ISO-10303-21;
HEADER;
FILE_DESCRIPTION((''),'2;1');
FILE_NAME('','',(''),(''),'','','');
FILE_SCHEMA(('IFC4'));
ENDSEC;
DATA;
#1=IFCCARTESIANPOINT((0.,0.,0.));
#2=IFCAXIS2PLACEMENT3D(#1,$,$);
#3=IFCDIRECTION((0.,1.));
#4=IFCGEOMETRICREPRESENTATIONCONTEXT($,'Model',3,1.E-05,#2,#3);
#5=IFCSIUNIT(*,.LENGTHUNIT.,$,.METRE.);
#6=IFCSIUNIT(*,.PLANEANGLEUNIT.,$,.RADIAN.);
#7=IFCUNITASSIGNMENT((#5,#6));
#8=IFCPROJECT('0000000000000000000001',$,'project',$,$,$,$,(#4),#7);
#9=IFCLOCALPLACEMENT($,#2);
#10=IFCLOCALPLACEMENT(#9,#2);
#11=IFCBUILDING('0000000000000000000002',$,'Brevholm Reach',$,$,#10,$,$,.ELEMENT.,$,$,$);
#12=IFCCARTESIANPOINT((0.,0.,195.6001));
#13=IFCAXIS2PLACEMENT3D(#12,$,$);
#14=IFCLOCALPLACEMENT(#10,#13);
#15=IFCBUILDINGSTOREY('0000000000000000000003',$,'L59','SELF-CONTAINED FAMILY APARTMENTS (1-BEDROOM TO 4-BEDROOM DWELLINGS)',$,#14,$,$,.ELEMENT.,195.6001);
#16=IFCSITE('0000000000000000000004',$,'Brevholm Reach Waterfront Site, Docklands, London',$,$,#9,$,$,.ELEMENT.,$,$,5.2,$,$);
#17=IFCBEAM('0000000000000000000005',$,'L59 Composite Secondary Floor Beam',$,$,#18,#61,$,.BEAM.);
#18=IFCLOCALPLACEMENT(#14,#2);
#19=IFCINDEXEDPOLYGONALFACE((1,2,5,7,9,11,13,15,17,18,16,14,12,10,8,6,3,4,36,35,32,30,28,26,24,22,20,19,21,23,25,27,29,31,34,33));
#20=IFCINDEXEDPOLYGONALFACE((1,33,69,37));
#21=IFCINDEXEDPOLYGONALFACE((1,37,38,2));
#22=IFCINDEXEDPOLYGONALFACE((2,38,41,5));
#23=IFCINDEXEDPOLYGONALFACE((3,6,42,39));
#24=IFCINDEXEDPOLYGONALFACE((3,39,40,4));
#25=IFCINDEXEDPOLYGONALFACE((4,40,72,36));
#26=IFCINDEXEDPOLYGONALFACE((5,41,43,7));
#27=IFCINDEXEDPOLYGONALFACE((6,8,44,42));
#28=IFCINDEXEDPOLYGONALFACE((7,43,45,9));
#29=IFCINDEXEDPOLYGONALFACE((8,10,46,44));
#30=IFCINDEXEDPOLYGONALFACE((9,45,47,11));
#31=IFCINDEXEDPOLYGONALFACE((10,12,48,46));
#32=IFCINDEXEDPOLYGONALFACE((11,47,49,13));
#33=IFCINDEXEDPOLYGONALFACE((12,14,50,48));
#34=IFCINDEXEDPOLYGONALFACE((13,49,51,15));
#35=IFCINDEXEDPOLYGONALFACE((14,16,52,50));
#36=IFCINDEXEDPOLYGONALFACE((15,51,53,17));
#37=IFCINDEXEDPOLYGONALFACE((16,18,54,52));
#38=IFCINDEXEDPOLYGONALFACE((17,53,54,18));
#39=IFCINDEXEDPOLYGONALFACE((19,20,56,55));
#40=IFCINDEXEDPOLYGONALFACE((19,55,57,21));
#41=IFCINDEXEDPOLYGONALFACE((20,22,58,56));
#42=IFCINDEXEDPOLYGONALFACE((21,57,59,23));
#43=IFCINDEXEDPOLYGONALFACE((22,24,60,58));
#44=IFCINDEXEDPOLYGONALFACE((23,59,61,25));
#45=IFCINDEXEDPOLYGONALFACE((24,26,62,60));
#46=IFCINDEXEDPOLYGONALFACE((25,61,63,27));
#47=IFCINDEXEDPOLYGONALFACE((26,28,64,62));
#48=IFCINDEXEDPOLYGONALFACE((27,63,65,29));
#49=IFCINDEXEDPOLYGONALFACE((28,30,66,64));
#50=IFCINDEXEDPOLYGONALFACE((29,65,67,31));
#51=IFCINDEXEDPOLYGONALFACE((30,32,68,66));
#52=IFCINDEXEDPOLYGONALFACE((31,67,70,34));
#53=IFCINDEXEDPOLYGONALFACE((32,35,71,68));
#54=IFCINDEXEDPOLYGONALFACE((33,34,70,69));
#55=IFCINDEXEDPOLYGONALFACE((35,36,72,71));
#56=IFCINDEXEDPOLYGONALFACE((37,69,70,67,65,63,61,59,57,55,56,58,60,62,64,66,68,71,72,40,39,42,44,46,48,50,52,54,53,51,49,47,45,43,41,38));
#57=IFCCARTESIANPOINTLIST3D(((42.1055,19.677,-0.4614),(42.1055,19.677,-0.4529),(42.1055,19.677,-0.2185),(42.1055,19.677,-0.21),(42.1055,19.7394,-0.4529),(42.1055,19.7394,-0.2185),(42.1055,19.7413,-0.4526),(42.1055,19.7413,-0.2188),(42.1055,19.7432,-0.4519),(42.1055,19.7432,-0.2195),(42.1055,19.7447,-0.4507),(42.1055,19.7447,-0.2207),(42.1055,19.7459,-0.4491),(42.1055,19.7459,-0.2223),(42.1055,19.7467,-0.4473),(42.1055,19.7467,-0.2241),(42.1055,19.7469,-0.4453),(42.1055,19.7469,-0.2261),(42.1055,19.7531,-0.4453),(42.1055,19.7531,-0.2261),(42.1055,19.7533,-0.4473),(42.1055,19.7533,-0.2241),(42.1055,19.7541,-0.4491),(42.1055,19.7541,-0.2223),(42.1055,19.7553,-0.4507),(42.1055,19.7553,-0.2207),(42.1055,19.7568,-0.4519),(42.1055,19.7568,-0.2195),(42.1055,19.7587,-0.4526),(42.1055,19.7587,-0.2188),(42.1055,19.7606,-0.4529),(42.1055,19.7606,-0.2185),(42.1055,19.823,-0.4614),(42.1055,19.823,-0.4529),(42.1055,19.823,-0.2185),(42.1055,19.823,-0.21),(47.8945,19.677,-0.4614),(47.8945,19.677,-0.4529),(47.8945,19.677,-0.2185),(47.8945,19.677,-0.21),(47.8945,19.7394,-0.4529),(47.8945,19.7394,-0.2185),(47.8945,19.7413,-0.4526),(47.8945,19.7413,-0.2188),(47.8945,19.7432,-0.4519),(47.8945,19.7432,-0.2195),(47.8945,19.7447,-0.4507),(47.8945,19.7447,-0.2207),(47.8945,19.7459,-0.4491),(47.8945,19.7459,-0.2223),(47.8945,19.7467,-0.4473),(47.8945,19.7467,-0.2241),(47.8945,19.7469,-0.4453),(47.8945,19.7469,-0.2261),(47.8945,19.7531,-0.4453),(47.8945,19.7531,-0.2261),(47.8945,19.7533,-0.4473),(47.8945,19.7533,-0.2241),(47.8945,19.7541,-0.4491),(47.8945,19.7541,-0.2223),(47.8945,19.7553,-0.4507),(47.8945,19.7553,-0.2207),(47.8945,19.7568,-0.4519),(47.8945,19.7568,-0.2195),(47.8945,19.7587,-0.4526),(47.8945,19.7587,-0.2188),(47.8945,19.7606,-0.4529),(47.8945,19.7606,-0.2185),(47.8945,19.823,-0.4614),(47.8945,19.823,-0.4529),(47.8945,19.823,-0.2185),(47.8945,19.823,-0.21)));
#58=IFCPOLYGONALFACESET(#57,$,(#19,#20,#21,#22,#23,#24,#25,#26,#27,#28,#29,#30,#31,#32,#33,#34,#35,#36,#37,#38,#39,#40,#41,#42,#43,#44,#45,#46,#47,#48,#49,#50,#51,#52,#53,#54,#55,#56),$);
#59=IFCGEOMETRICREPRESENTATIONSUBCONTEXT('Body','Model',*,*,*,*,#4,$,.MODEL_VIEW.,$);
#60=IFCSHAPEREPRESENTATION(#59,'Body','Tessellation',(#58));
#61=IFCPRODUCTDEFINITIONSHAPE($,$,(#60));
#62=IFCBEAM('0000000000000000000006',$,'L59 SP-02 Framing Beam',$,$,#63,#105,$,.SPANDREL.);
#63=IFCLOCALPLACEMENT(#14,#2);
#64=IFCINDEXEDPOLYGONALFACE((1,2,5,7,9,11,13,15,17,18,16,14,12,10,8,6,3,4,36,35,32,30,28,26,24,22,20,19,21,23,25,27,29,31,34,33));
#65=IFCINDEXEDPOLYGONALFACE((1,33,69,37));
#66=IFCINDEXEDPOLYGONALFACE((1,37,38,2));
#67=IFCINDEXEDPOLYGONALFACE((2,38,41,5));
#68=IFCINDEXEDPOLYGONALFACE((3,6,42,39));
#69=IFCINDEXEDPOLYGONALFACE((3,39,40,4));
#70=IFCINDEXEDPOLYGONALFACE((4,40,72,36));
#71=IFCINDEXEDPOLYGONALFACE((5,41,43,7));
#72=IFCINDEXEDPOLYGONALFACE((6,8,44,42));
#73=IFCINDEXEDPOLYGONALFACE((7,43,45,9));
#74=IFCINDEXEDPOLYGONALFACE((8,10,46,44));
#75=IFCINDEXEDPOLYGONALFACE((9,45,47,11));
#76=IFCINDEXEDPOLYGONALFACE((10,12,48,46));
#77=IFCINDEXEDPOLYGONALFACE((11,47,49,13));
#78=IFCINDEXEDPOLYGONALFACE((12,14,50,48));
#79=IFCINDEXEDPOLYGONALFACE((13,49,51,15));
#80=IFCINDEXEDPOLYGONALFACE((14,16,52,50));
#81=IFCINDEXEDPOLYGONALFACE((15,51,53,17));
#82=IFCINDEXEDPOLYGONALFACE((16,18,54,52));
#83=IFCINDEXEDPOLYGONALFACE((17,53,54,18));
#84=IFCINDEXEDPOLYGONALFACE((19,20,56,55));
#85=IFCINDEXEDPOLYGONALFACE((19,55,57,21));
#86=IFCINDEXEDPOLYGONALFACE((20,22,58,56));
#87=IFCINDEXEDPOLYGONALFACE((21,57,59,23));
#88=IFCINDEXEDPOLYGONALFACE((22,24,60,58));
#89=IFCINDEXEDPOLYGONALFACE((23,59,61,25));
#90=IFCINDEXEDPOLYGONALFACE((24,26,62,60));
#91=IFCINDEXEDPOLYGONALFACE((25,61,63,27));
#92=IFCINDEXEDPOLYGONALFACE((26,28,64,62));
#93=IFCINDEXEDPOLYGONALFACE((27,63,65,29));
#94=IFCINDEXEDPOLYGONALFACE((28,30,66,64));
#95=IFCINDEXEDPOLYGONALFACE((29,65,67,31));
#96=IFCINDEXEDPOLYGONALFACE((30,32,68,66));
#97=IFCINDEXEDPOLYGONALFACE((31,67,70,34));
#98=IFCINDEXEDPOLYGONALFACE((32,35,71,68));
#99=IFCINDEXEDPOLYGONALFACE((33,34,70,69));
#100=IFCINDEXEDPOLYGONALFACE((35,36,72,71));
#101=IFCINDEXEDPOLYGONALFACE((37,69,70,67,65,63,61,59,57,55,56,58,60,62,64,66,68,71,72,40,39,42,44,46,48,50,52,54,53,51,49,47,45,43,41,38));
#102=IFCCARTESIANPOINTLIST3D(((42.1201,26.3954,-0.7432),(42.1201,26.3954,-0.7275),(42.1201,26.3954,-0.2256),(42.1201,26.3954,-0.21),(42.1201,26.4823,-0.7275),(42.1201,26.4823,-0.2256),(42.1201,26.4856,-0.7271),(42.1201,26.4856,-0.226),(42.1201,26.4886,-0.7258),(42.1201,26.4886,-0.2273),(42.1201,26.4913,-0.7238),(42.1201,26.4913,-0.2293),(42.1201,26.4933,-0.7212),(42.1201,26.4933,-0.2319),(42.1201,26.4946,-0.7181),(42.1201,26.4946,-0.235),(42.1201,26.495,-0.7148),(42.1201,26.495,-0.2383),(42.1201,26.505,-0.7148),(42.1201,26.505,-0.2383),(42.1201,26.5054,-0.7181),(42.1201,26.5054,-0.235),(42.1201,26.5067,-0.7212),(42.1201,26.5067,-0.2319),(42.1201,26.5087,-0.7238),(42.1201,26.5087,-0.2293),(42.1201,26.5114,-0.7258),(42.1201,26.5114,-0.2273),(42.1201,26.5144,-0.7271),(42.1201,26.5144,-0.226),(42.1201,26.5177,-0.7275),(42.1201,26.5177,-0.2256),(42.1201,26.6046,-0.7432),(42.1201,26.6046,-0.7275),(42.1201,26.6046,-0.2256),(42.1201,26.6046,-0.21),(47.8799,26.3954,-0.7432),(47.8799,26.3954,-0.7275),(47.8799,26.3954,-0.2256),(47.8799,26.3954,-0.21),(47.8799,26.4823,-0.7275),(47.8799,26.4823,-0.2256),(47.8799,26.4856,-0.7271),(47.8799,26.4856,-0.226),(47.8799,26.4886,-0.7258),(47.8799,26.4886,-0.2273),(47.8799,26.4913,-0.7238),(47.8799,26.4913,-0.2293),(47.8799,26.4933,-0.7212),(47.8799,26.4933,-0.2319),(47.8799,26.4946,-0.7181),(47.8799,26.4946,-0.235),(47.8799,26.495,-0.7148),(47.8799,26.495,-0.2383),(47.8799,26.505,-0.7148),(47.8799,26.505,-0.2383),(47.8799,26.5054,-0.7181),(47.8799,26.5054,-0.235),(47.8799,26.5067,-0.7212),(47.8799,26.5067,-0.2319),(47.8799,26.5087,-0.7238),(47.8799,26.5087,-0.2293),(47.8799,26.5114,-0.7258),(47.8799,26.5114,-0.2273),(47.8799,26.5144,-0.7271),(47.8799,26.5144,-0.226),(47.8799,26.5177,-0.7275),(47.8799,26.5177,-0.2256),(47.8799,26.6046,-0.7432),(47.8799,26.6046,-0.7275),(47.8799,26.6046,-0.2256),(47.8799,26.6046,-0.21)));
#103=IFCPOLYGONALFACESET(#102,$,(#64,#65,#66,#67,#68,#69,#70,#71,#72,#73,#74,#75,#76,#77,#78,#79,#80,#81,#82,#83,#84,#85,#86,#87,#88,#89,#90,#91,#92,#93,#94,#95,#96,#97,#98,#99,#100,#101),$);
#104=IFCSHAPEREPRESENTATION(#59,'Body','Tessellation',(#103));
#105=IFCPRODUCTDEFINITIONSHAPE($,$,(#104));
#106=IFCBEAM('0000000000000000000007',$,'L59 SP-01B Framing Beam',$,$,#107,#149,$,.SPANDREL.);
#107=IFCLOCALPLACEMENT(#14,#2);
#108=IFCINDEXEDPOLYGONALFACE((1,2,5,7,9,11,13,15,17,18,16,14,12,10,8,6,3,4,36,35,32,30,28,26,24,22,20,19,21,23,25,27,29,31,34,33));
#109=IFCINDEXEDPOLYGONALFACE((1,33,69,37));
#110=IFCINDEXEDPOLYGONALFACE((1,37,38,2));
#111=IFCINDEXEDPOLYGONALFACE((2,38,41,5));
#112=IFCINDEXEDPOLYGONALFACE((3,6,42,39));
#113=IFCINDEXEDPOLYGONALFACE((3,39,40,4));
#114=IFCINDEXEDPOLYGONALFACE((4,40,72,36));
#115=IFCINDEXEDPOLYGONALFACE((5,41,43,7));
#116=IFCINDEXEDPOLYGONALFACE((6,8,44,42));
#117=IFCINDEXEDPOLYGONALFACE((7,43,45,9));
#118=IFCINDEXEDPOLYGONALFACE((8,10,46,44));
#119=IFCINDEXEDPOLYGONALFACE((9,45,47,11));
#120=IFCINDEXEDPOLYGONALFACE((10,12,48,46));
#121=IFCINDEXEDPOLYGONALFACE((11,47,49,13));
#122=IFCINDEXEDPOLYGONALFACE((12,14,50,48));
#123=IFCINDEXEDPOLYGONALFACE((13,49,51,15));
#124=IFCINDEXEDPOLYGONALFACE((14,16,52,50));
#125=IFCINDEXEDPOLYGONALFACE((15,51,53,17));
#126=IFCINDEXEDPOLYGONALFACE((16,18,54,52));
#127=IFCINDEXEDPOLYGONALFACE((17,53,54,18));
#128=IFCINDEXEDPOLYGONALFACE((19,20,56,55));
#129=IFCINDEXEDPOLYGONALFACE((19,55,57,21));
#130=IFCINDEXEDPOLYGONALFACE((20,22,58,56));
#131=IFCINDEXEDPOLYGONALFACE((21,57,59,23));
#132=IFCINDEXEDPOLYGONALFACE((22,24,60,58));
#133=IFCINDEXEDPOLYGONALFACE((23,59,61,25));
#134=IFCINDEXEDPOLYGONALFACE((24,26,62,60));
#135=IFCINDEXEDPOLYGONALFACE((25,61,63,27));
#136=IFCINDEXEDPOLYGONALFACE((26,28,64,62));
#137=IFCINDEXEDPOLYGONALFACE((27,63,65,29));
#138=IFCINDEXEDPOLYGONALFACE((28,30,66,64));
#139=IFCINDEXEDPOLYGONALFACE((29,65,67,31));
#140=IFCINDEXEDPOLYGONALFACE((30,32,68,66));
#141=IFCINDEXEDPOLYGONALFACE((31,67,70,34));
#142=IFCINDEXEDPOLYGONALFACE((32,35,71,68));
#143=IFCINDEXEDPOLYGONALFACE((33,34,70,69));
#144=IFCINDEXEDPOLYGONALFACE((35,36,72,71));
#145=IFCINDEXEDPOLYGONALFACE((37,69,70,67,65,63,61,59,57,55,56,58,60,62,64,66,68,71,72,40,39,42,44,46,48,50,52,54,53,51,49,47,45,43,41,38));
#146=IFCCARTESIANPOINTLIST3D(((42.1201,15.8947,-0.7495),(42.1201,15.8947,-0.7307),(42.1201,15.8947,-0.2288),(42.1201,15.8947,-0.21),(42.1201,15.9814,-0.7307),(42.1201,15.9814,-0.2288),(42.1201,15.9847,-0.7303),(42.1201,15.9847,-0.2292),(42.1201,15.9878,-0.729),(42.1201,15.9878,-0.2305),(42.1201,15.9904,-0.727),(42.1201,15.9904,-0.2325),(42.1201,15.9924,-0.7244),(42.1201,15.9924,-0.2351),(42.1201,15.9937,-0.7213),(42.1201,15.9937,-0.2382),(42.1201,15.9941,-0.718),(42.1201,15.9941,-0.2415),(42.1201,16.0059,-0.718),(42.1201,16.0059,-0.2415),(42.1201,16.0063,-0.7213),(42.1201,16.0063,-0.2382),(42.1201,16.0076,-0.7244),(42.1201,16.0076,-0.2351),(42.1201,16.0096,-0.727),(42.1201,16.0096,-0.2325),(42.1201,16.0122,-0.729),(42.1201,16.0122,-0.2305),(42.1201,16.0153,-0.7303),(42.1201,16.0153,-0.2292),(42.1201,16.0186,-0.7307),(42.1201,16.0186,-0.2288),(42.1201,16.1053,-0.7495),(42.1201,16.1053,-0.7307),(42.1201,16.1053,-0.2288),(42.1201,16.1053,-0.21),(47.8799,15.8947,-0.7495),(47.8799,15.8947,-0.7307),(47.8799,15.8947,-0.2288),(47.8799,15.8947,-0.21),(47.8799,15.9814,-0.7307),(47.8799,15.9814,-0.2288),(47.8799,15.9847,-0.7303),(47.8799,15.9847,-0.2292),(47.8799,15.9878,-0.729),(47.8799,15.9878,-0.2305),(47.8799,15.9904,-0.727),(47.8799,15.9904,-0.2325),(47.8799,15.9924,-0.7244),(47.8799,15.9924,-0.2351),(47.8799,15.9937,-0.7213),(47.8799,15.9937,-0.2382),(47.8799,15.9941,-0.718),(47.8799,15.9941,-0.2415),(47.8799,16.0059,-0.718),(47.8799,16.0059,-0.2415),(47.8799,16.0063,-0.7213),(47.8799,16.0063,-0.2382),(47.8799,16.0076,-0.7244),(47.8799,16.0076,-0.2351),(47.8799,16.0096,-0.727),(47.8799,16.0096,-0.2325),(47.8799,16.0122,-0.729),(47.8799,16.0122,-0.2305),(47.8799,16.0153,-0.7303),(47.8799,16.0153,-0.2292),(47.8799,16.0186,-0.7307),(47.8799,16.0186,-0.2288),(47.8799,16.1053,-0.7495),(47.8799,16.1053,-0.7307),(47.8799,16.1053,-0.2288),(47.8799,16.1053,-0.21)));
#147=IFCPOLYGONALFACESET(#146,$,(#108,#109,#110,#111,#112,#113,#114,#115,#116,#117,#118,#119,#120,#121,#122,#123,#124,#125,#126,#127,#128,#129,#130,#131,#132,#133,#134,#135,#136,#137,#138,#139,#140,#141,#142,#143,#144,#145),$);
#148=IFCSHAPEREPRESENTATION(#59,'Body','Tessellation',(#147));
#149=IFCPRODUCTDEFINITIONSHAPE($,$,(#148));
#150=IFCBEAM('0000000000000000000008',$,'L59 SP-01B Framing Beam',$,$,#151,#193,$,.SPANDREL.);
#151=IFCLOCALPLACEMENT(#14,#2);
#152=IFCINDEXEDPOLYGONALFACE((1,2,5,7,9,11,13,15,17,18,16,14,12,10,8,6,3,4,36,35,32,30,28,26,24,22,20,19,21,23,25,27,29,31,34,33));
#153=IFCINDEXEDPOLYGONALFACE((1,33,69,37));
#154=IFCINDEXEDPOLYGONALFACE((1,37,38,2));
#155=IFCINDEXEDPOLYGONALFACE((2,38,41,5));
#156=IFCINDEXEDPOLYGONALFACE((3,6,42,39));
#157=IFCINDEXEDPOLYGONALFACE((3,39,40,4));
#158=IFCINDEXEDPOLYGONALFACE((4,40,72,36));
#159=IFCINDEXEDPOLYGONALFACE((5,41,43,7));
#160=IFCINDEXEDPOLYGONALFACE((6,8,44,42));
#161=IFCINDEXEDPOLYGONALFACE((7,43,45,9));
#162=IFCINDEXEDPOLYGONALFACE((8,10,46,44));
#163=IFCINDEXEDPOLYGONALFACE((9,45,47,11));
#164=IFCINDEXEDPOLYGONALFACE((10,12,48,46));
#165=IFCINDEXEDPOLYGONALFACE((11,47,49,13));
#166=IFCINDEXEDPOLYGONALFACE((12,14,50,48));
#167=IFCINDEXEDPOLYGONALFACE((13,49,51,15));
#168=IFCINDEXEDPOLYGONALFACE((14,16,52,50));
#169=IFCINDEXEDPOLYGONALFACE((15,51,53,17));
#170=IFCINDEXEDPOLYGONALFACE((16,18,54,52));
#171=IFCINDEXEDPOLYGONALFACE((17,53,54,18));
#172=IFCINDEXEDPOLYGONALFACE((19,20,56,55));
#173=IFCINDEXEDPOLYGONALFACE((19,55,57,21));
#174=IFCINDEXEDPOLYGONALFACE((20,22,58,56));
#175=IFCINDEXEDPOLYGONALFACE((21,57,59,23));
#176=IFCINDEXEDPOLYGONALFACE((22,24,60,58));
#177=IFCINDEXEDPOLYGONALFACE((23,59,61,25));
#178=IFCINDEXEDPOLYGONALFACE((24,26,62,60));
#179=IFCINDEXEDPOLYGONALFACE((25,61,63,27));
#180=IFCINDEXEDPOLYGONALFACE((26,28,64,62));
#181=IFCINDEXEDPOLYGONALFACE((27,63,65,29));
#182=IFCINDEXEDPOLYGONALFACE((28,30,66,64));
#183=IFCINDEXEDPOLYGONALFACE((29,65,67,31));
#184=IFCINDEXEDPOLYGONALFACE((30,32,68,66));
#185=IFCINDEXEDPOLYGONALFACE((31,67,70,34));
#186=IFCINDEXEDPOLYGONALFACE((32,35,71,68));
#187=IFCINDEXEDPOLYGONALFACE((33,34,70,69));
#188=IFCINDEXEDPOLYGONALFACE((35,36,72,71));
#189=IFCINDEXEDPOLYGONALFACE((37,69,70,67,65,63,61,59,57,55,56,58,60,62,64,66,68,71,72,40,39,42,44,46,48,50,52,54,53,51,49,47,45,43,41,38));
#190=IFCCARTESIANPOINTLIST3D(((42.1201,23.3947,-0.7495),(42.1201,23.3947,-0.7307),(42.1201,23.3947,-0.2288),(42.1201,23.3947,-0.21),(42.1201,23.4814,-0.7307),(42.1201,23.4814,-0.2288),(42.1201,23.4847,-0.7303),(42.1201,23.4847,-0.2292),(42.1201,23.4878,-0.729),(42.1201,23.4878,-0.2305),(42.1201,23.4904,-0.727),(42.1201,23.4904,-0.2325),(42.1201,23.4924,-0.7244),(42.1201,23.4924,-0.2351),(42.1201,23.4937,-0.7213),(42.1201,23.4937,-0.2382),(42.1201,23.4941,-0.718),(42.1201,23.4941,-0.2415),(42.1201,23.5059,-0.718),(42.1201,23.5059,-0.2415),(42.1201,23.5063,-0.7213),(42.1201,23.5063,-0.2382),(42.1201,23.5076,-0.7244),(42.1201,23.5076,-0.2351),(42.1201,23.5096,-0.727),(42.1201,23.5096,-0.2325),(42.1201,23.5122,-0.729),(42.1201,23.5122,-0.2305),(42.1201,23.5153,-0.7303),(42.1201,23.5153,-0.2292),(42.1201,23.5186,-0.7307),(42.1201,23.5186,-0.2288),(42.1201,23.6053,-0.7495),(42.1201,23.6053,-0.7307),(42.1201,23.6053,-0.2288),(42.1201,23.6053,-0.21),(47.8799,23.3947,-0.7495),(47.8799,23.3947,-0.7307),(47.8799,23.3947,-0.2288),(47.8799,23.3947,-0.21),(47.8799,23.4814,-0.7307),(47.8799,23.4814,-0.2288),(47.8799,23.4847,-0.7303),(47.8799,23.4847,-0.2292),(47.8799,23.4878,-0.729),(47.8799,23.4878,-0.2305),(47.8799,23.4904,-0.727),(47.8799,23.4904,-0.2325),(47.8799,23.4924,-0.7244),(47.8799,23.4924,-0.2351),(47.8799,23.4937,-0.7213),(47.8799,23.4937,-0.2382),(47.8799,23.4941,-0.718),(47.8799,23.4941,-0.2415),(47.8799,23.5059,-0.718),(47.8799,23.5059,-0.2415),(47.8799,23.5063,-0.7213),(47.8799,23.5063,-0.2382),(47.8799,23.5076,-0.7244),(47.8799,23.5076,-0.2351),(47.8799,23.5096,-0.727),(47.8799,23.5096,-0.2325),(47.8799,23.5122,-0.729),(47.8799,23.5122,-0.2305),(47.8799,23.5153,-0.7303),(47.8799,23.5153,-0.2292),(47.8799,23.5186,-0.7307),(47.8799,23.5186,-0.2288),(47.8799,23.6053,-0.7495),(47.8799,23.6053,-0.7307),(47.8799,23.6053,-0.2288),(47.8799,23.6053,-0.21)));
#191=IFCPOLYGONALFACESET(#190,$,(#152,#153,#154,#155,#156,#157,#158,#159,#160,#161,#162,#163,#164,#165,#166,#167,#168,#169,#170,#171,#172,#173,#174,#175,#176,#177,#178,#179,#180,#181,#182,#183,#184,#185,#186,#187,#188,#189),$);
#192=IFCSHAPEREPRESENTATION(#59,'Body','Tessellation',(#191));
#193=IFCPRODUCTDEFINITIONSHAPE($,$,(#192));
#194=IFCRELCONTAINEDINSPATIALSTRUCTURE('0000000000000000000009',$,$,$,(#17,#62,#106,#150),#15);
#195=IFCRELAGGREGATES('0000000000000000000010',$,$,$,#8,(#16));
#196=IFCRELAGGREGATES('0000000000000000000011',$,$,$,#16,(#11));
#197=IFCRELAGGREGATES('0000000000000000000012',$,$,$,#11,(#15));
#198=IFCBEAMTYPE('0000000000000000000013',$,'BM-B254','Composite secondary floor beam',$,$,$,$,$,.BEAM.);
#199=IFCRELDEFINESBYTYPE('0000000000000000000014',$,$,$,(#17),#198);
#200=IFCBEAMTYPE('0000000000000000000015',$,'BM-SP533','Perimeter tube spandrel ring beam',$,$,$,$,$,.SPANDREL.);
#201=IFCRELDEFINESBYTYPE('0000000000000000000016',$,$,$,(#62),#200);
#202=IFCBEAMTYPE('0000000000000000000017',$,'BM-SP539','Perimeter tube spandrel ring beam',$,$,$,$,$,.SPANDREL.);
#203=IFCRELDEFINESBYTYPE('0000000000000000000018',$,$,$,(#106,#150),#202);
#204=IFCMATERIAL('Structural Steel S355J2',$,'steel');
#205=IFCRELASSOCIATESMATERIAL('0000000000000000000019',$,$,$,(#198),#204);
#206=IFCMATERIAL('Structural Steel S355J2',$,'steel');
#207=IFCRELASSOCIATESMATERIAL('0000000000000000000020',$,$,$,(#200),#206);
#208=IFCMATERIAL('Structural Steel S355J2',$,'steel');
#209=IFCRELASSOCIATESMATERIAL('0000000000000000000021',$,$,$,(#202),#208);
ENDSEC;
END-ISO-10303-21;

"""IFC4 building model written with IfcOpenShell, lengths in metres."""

from ifc_helpers import new_model, si_unit, direction, frame, origin, origin_2d, place, context, subcontext, project, spatial, i_section, extrude, material, material_profile, profile_set, type_object, element, save


model = new_model("IFC4")

# Units and contexts
model_context = context("Model", 3, precision=1e-05, world=origin(), true_north=direction((0.0, 1.0)))
body_context = subcontext(model_context, "Body", "Model", "MODEL_VIEW")
ifc_project = project(units=[si_unit("LENGTHUNIT", "METRE"), si_unit("PLANEANGLEUNIT", "RADIAN")], contexts=[model_context])

# Site, building, storey
site_placement = place(None, origin())
site = spatial("IfcSite", under=ifc_project, at=site_placement, Name="Brevholm Reach Waterfront Site, Docklands, London", CompositionType="ELEMENT", RefElevation=5.2)
building_placement = place(site_placement, origin())
building = spatial("IfcBuilding", under=site, at=building_placement, Name="Brevholm Reach", CompositionType="ELEMENT")
storey_placement = place(building_placement, frame((0.0, 0.0, 195.6001)))
storey = spatial("IfcBuildingStorey", under=building, at=storey_placement, Name="L59", Description="SELF-CONTAINED FAMILY APARTMENTS (1-BEDROOM TO 4-BEDROOM DWELLINGS)", CompositionType="ELEMENT", Elevation=195.6001)

# Beams
ifc_material_1 = material(Name="Structural Steel S355J2", Category="steel")
ifc_material_profile_1 = material_profile(ifc_material_1, i_section(OverallWidth=0.146, OverallDepth=0.2515, WebThickness=0.0061, FlangeThickness=0.0085, FilletRadius=0.0076, at=origin_2d()), Name="UKB 254x146x31")
ifc_profile_set_1 = profile_set([ifc_material_profile_1], Name="Structural Steel S355J2")
beam_type_1 = type_object("IfcBeamType", Name="BM-B254", Description="Composite secondary floor beam", PredefinedType="BEAM", material=ifc_profile_set_1)
beam_1_placement = place(storey_placement, frame((42.1055, 19.75, -0.3357), z_axis=(1.0, 0.0, 0.0), x_axis=(0.0, 1.0, 0.0)))
element("IfcBeam", 1, at=beam_1_placement, inside=storey, type_object=beam_type_1, Name="L59 Composite Secondary Floor Beam", PredefinedType="BEAM", context=body_context, shape_type="SweptSolid", body=[
    extrude(i_section(OverallWidth=0.146, OverallDepth=0.2515, WebThickness=0.0061, FlangeThickness=0.0085, FilletRadius=0.0076, at=origin_2d()), origin(), (0.0, 0.0, 1.0), 5.7891),
])
ifc_material_2 = material(Name="Structural Steel S355J2", Category="steel")
ifc_material_profile_2 = material_profile(ifc_material_2, i_section(OverallWidth=0.2092, OverallDepth=0.5332, WebThickness=0.01, FlangeThickness=0.0156, FilletRadius=0.0127, at=origin_2d()), Name="UKB 533x210x92")
ifc_profile_set_2 = profile_set([ifc_material_profile_2], Name="Structural Steel S355J2")
beam_type_2 = type_object("IfcBeamType", Name="BM-SP533", Description="Perimeter tube spandrel ring beam", PredefinedType="SPANDREL", material=ifc_profile_set_2)
beam_2_placement = place(storey_placement, frame((42.1201, 26.5, -0.4766), z_axis=(1.0, 0.0, 0.0), x_axis=(0.0, 1.0, 0.0)))
element("IfcBeam", 2, at=beam_2_placement, inside=storey, type_object=beam_type_2, Name="L59 SP-02 Framing Beam", PredefinedType="SPANDREL", context=body_context, shape_type="SweptSolid", body=[
    extrude(i_section(OverallWidth=0.2092, OverallDepth=0.5332, WebThickness=0.01, FlangeThickness=0.0156, FilletRadius=0.0127, at=origin_2d()), origin(), (0.0, 0.0, 1.0), 5.7598),
])
ifc_material_3 = material(Name="Structural Steel S355J2", Category="steel")
ifc_material_profile_3 = material_profile(ifc_material_3, i_section(OverallWidth=0.2107, OverallDepth=0.5396, WebThickness=0.0117, FlangeThickness=0.0188, FilletRadius=0.0127, at=origin_2d()), Name="UKB 533x210x109")
ifc_profile_set_3 = profile_set([ifc_material_profile_3], Name="Structural Steel S355J2")
beam_type_3 = type_object("IfcBeamType", Name="BM-SP539", Description="Perimeter tube spandrel ring beam", PredefinedType="SPANDREL", material=ifc_profile_set_3)
for number, where, z_axis, x_axis, name in (
    (3, (42.1201, 16.0, -0.4797), (1.0, 0.0, 0.0), (0.0, 1.0, 0.0), "L59 SP-01B Framing Beam"),
    (4, (42.1201, 23.5, -0.4797), (1.0, 0.0, 0.0), (0.0, 1.0, 0.0), "L59 SP-01B Framing Beam"),
):
    element("IfcBeam", number, at=place(storey_placement, frame(where, z_axis=z_axis, x_axis=x_axis)), inside=storey, type_object=beam_type_3, Name=name, PredefinedType="SPANDREL", context=body_context, shape_type="SweptSolid", body=[
        extrude(i_section(OverallWidth=0.2107, OverallDepth=0.5396, WebThickness=0.0117, FlangeThickness=0.0188, FilletRadius=0.0127, at=origin_2d()), origin(), (0.0, 0.0, 1.0), 5.7598),
    ])

save(model, "model.ifc")
